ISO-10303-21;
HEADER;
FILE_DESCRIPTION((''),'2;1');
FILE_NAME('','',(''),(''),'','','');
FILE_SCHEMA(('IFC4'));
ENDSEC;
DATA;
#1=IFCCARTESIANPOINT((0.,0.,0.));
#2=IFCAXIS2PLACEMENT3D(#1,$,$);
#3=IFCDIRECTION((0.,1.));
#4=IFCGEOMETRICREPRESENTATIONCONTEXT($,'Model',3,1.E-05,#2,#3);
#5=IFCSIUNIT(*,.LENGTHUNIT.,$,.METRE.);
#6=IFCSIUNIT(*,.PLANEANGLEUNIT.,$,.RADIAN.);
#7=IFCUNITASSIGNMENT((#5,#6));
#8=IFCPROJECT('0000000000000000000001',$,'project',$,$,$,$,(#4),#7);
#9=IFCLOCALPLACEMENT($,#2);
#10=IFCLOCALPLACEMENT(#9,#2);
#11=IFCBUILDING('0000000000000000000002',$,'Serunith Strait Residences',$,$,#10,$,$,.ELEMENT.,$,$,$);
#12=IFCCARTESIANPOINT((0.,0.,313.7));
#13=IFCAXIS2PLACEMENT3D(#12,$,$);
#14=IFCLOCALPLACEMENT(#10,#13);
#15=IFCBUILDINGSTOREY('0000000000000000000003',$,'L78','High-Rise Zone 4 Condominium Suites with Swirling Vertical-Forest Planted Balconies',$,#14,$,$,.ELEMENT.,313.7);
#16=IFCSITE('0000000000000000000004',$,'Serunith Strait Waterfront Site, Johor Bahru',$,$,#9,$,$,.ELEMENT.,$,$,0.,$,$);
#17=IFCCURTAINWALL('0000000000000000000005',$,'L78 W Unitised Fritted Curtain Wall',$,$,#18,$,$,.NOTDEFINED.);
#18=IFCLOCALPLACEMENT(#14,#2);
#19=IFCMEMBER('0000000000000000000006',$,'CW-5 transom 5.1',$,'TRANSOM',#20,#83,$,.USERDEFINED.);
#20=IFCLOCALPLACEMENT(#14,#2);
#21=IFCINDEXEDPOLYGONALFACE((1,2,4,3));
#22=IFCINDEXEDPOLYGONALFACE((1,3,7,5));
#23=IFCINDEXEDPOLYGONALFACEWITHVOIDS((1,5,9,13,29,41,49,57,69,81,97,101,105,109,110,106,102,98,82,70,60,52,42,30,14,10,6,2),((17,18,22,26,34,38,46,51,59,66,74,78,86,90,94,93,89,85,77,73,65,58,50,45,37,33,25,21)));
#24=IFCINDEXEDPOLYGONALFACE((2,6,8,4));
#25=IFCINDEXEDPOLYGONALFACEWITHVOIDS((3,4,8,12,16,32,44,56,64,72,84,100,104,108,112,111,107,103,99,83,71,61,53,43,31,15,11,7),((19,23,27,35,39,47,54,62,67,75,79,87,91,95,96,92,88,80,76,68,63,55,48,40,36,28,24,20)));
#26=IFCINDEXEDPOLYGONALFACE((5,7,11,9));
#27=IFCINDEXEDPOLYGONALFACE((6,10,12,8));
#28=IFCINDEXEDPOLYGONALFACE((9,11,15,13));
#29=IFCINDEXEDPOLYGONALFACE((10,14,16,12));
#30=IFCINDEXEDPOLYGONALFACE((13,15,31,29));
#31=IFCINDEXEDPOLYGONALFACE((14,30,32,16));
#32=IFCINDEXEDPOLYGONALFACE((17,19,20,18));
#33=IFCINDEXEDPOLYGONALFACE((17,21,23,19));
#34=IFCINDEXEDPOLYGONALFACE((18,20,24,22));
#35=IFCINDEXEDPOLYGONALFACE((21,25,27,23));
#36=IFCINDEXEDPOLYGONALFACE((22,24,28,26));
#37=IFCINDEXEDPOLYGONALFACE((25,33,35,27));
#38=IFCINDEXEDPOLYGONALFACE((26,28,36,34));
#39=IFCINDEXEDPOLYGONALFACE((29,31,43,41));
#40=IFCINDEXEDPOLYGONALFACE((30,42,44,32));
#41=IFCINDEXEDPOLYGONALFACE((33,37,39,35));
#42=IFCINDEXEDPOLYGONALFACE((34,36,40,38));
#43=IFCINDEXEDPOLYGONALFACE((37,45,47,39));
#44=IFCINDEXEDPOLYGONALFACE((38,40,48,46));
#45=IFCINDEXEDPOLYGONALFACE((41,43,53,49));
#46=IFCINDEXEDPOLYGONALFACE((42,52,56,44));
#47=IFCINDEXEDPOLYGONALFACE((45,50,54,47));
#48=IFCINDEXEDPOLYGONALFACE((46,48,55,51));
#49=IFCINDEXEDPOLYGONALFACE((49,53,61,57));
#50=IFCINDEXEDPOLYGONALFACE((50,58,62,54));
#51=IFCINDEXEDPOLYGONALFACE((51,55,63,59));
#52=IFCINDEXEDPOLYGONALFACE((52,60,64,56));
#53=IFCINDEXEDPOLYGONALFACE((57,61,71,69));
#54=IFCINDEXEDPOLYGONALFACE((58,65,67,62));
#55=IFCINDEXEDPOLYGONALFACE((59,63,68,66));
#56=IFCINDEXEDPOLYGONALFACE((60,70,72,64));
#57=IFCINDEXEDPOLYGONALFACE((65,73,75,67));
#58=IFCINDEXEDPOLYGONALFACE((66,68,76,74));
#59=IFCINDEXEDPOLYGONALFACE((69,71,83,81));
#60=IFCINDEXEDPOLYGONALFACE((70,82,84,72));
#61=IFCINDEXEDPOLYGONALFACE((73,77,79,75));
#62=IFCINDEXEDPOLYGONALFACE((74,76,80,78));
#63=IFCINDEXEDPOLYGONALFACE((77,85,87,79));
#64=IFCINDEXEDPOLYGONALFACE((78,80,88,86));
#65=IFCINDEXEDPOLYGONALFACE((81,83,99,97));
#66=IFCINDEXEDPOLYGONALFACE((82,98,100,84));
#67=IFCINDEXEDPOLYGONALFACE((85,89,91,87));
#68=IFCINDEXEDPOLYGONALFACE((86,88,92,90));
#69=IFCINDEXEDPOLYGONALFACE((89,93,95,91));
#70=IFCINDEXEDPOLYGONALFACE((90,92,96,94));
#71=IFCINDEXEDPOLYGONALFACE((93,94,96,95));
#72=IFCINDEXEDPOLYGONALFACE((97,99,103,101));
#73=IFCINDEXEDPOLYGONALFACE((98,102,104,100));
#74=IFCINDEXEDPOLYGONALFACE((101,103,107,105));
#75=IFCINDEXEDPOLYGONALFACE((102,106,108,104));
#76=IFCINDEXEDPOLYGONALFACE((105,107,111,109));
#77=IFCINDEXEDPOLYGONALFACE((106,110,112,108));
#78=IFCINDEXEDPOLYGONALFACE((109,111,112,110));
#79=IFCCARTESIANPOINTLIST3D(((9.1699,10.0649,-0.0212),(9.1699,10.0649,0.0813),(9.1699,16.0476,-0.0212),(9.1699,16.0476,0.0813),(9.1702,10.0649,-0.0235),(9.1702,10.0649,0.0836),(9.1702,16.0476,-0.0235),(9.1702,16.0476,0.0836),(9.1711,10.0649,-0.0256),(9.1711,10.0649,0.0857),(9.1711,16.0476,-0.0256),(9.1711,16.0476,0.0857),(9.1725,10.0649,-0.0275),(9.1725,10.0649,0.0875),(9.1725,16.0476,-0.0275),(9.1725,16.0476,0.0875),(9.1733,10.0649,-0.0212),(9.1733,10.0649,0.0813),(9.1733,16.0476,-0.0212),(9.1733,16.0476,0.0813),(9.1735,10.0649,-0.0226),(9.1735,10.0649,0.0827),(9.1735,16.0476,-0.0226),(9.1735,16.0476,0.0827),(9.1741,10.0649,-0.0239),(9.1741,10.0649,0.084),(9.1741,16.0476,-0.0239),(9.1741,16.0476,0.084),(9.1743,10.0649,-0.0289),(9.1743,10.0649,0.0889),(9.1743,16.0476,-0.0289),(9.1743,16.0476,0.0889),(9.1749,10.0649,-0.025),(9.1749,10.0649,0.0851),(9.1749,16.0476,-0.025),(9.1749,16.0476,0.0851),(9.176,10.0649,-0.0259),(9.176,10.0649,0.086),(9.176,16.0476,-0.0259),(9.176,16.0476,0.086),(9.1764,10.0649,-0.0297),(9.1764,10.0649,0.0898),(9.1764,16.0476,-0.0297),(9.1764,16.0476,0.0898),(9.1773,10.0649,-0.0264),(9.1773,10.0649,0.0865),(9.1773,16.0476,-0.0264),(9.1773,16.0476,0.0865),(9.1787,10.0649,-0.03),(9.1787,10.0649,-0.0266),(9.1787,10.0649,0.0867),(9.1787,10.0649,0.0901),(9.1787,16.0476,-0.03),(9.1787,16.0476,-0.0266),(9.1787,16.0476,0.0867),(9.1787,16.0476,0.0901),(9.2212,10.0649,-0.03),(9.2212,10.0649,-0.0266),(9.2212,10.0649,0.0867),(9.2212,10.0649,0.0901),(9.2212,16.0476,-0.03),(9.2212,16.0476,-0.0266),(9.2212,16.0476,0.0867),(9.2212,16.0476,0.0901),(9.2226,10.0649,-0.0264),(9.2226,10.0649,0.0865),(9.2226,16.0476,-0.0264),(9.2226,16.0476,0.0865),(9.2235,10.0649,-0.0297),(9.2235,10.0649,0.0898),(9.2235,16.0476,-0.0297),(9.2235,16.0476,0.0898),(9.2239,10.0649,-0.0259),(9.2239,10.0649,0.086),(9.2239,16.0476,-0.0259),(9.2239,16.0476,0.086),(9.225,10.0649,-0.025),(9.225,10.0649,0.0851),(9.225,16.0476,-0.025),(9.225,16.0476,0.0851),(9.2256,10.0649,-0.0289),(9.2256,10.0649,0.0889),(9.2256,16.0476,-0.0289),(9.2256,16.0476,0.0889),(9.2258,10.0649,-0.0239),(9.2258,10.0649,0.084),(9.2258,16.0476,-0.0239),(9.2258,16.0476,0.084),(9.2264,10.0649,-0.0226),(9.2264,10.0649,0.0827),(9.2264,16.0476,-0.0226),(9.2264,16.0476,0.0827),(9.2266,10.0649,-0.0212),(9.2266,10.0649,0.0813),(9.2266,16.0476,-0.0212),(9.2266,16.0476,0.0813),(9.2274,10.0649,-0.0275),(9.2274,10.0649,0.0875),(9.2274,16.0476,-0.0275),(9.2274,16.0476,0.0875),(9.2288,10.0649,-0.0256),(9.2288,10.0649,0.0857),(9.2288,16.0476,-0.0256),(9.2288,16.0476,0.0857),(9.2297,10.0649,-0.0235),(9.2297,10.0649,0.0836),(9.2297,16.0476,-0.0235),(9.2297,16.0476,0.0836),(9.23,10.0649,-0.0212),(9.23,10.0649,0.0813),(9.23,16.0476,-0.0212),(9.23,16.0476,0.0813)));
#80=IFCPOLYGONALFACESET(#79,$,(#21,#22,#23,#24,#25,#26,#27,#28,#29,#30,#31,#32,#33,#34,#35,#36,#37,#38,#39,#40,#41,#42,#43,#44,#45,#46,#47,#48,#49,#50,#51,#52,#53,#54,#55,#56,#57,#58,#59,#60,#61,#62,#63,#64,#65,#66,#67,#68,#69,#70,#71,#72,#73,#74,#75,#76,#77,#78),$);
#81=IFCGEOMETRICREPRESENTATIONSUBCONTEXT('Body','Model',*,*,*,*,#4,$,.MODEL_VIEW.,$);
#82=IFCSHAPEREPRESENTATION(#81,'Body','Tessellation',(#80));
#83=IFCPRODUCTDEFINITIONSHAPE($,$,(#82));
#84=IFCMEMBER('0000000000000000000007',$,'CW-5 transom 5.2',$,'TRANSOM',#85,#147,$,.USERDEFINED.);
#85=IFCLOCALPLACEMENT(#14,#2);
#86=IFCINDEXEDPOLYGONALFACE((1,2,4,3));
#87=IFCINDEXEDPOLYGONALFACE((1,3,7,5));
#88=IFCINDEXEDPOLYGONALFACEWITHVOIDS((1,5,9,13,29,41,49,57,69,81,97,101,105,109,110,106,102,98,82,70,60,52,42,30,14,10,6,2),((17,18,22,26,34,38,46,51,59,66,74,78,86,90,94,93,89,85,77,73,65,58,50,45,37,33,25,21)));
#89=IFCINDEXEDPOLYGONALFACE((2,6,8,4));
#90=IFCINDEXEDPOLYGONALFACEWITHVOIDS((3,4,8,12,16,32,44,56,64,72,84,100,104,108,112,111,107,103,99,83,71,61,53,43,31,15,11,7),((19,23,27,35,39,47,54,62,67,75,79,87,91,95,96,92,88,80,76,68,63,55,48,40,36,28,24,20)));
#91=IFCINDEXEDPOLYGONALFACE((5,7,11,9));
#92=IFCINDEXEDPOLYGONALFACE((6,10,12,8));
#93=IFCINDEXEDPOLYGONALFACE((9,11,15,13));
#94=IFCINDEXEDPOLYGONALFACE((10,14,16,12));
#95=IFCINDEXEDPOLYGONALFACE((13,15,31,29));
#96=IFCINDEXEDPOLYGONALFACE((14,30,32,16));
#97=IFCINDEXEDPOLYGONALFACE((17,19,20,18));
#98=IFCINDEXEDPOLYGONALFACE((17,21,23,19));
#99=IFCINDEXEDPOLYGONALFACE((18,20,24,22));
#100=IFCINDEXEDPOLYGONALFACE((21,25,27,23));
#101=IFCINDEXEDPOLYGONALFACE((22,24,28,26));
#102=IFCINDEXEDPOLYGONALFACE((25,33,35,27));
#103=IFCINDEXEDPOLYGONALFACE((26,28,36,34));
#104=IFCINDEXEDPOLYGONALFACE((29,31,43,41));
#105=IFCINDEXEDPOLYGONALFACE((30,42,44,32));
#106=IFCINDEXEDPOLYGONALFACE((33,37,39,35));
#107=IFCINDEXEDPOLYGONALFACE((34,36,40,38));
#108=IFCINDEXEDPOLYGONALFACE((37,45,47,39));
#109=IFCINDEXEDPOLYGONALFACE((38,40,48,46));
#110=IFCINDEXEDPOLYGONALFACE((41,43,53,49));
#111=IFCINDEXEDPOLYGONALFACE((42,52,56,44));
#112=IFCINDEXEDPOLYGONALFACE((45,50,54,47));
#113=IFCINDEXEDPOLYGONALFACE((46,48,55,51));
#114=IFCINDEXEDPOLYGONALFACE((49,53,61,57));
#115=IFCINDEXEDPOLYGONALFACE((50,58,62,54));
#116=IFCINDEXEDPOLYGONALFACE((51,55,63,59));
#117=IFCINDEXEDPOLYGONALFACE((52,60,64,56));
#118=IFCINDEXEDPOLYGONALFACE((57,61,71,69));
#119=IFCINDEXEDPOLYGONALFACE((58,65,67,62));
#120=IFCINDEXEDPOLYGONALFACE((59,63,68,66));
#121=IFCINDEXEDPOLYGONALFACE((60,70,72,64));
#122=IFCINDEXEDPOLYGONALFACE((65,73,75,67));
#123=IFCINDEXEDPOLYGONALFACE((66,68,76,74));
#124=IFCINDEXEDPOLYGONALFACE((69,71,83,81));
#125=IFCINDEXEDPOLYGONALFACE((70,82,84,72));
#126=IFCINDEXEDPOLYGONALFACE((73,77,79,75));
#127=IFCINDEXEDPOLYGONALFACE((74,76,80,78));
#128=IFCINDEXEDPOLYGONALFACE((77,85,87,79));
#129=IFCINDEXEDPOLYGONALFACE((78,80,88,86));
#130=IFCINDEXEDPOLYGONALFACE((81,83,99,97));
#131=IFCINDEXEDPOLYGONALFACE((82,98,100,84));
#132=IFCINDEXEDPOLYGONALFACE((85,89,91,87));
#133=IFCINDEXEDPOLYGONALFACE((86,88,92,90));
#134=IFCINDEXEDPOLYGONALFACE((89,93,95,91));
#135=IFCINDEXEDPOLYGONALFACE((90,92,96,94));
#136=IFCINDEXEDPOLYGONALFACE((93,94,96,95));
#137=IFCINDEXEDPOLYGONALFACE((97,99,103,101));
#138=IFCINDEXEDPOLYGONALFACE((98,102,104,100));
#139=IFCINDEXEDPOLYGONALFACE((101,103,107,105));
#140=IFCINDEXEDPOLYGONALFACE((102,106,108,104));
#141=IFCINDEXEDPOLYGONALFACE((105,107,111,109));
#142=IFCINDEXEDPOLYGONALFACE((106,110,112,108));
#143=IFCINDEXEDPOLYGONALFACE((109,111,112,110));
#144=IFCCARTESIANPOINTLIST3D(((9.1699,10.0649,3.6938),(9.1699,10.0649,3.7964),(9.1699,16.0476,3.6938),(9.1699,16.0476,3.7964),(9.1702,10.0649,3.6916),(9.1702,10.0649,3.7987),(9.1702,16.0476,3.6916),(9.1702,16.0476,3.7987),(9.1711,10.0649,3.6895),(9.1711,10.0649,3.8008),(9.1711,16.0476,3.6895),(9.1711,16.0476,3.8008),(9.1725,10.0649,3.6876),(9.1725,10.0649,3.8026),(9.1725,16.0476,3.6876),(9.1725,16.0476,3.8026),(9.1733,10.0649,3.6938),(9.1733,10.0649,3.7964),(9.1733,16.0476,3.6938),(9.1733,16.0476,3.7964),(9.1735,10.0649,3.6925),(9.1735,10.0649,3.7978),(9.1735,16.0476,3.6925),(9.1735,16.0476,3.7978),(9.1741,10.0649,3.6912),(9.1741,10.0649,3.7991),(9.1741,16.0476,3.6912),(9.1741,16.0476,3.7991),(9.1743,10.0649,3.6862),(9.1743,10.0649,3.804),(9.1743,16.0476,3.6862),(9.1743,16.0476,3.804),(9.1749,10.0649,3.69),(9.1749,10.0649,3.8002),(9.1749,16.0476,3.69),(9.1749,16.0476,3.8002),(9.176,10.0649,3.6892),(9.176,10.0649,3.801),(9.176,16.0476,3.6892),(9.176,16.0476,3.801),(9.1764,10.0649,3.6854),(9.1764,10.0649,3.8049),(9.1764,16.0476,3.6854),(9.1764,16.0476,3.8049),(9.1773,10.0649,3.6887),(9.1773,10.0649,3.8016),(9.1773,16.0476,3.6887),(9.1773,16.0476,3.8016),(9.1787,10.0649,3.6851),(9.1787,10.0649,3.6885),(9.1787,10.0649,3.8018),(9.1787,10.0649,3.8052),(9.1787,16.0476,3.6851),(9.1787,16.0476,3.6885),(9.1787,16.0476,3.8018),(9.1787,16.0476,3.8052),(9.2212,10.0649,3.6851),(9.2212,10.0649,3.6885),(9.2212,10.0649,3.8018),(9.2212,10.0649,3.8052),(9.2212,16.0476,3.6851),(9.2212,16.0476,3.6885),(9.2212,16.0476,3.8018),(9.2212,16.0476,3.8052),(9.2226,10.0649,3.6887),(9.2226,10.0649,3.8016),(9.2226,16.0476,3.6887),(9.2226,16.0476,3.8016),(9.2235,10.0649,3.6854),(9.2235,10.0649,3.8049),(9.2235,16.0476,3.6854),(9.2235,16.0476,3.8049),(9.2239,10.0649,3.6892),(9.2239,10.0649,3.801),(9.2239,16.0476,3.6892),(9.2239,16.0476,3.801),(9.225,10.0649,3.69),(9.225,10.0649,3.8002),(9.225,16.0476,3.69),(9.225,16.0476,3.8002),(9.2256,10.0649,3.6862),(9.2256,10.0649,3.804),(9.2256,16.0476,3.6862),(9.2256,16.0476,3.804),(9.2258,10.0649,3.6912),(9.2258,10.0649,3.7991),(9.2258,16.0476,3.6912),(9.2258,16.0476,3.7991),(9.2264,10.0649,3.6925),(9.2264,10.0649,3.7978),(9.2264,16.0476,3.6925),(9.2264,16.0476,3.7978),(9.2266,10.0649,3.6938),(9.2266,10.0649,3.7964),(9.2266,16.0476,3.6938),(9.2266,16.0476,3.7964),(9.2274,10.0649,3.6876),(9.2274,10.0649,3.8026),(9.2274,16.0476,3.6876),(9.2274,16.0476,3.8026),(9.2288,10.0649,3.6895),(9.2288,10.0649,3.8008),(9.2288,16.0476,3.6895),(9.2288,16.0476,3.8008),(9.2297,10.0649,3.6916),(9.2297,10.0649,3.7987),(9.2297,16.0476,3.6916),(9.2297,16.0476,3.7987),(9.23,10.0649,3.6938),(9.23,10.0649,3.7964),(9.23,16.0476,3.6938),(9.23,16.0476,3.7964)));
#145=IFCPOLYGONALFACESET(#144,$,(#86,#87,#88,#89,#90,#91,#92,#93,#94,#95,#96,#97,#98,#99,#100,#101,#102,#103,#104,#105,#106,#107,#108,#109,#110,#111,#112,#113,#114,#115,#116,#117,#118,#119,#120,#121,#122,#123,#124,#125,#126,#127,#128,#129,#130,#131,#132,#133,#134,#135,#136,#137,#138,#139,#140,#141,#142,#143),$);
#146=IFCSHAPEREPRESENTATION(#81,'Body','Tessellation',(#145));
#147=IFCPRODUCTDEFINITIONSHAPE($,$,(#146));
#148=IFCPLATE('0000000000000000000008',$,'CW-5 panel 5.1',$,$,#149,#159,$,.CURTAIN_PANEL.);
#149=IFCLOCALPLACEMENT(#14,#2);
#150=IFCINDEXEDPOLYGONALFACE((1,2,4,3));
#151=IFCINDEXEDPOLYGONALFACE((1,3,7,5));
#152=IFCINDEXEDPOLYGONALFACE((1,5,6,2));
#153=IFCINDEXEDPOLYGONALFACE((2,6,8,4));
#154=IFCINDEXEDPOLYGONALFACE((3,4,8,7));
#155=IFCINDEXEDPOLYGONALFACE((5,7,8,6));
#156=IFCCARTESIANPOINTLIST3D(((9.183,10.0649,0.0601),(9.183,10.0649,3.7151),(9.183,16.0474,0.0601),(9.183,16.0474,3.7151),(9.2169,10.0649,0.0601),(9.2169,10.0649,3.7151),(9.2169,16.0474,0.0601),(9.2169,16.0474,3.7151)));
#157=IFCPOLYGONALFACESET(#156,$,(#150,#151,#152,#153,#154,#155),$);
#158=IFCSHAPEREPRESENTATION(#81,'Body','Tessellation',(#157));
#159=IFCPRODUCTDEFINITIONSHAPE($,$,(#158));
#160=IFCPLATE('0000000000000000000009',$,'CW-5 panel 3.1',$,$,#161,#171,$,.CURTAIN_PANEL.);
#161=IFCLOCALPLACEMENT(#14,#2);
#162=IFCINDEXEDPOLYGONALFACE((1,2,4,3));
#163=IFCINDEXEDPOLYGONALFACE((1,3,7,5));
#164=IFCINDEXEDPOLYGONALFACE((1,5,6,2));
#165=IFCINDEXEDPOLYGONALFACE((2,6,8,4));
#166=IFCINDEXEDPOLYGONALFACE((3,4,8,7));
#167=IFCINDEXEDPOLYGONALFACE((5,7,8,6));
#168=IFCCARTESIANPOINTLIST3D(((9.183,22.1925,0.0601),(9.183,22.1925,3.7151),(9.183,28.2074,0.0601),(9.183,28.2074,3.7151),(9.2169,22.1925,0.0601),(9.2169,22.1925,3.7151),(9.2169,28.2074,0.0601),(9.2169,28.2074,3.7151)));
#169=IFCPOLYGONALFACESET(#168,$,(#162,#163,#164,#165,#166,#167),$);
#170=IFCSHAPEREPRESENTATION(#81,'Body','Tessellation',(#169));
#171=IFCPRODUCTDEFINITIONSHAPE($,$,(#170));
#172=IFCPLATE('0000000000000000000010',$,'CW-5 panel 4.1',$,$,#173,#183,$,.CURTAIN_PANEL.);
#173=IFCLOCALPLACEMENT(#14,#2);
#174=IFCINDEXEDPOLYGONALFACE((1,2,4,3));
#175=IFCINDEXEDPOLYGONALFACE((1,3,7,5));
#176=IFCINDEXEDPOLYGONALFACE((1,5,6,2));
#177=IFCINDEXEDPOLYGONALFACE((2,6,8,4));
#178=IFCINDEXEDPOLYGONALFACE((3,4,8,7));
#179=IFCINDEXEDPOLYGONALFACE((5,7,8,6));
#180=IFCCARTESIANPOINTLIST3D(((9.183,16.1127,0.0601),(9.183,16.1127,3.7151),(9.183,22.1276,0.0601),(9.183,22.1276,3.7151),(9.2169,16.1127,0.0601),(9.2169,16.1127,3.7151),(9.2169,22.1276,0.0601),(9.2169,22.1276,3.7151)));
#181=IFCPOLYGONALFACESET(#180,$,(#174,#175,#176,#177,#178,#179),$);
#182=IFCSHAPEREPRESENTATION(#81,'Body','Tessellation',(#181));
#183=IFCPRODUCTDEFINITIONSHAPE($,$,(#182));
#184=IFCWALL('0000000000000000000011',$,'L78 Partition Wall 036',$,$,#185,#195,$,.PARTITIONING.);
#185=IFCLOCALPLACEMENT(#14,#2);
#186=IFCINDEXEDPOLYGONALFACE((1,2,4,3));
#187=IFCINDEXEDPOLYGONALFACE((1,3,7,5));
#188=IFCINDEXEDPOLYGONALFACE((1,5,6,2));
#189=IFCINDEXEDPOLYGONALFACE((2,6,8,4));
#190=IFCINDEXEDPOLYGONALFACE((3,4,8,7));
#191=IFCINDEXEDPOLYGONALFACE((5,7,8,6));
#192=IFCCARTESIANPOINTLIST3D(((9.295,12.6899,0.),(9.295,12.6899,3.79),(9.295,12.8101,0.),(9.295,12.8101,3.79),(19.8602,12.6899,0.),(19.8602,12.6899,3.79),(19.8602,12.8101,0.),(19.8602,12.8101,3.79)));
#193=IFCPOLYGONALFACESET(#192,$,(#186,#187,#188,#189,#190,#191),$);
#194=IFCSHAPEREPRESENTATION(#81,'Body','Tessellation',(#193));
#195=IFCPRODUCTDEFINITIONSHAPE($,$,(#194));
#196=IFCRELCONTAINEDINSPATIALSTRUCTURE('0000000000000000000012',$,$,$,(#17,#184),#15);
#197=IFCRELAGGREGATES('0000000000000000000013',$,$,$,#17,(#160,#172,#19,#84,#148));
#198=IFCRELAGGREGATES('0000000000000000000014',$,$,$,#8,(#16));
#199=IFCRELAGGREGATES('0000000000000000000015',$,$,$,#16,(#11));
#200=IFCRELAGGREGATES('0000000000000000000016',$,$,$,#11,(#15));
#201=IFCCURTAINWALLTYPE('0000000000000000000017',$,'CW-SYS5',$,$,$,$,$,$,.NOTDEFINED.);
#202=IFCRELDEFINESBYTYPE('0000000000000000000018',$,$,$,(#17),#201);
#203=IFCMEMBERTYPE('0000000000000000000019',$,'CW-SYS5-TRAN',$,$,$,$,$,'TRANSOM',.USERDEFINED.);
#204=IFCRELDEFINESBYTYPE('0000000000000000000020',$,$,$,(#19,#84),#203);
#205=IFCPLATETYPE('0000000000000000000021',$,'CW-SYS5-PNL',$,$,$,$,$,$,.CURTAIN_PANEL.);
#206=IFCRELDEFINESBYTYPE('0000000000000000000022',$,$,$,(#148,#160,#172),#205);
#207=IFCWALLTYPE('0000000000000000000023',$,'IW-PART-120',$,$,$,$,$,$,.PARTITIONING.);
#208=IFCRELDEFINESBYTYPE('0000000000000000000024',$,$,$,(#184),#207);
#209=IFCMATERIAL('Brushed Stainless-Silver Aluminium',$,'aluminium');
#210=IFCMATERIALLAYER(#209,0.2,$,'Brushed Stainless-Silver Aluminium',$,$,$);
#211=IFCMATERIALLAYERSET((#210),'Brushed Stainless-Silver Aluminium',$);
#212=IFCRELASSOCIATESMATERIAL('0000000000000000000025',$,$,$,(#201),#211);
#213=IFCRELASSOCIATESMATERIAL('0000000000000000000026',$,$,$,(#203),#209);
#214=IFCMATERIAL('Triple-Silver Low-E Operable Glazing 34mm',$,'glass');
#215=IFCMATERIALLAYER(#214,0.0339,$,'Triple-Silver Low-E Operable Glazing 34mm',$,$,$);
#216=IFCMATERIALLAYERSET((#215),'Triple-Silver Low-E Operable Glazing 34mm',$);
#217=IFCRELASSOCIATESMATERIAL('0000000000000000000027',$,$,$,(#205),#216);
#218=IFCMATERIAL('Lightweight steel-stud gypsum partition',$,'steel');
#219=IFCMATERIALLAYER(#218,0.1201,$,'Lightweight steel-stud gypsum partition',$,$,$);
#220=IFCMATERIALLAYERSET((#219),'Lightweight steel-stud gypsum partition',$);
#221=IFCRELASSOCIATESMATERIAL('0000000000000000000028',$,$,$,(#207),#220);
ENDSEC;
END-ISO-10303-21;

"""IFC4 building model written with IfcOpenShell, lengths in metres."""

from ifc_helpers import new_model, si_unit, direction, frame, frame_2d, origin, origin_2d, place, context, subcontext, project, spatial, rectangle, hollow_rectangle, extrude, source, transform, mapped, material, layer, layer_set, material_profile, profile_set, type_object, element, aggregate, save


model = new_model("IFC4")

# Units and contexts
model_context = context("Model", 3, precision=1e-05, world=origin(), true_north=direction((0.0, 1.0)))
body_context = subcontext(model_context, "Body", "Model", "MODEL_VIEW")
ifc_project = project(units=[si_unit("LENGTHUNIT", "METRE"), si_unit("PLANEANGLEUNIT", "RADIAN")], contexts=[model_context])

# Site, building, storey
site_placement = place(None, origin())
site = spatial("IfcSite", under=ifc_project, at=site_placement, Name="Serunith Strait Waterfront Site, Johor Bahru", CompositionType="ELEMENT", RefElevation=0.0)
building_placement = place(site_placement, origin())
building = spatial("IfcBuilding", under=site, at=building_placement, Name="Serunith Strait Residences", CompositionType="ELEMENT")
storey_placement = place(building_placement, frame((0.0, 0.0, 313.7)))
storey = spatial("IfcBuildingStorey", under=building, at=storey_placement, Name="L78", Description="High-Rise Zone 4 Condominium Suites with Swirling Vertical-Forest Planted Balconies", CompositionType="ELEMENT", Elevation=313.7)

# Curtain wall, members, plates
ifc_material_1 = material(Name="Brushed Stainless-Silver Aluminium", Category="aluminium")
ifc_layer_1 = layer(ifc_material_1, 0.2, Name="Brushed Stainless-Silver Aluminium")
ifc_layer_set_1 = layer_set([ifc_layer_1], Name="Brushed Stainless-Silver Aluminium")
curtain_wall_type = type_object("IfcCurtainWallType", Name="CW-SYS5", PredefinedType="NOTDEFINED", material=ifc_layer_set_1)
curtain_wall_placement = place(storey_placement, origin())
curtain_wall = element("IfcCurtainWall", 1, at=curtain_wall_placement, inside=storey, type_object=curtain_wall_type, Name="L78 W Unitised Fritted Curtain Wall", PredefinedType="NOTDEFINED")
ifc_material_profile_1 = material_profile(ifc_material_1, hollow_rectangle(XDim=0.0601, YDim=0.1201, WallThickness=0.0034, InnerFilletRadius=0.0054, OuterFilletRadius=0.0088, at=origin_2d()), Name="ALU 120x60x3.5")
ifc_profile_set_1 = profile_set([ifc_material_profile_1], Name="Brushed Stainless-Silver Aluminium")
member_type_1 = type_object("IfcMemberType", Name="CW-SYS5-TRAN", ElementType="TRANSOM", PredefinedType="USERDEFINED", material=ifc_profile_set_1)
shared_shape_1 = source(origin(), body_context, "Body", "SweptSolid", [
    extrude(hollow_rectangle(XDim=0.0601, YDim=0.1201, WallThickness=0.0034, InnerFilletRadius=0.0054, OuterFilletRadius=0.0088, at=origin_2d()), origin(), (0.0, 0.0, 1.0), 5.9827),
])
member_1_placement = place(storey_placement, frame((9.2, 16.0476, 0.03), z_axis=(0.0, -1.0, 0.0), x_axis=(1.0, 0.0, 0.0)))
member_1 = element("IfcMember", 2, at=member_1_placement, type_object=member_type_1, Name="CW-5 transom 5.1", ObjectType="TRANSOM", PredefinedType="USERDEFINED", context=body_context, shape_type="MappedRepresentation", body=[
    mapped(shared_shape_1, transform((0.0, 0.0, 0.0), scale=1.0)),
])
member_2_placement = place(storey_placement, frame((9.2, 16.0476, 3.7451), z_axis=(0.0, -1.0, 0.0), x_axis=(1.0, 0.0, 0.0)))
member_2 = element("IfcMember", 3, at=member_2_placement, type_object=member_type_1, Name="CW-5 transom 5.2", ObjectType="TRANSOM", PredefinedType="USERDEFINED", context=body_context, shape_type="MappedRepresentation", body=[
    mapped(shared_shape_1, transform((0.0, 0.0, 0.0), scale=1.0)),
])
ifc_material_2 = material(Name="Triple-Silver Low-E Operable Glazing 34mm", Category="glass")
ifc_layer_2 = layer(ifc_material_2, 0.0339, Name="Triple-Silver Low-E Operable Glazing 34mm")
ifc_layer_set_2 = layer_set([ifc_layer_2], Name="Triple-Silver Low-E Operable Glazing 34mm")
plate_type = type_object("IfcPlateType", Name="CW-SYS5-PNL", PredefinedType="CURTAIN_PANEL", material=ifc_layer_set_2)
shared_shape_2 = source(origin(), body_context, "Body", "SweptSolid", [
    extrude(rectangle(XDim=5.9824, YDim=0.0339, at=origin_2d()), origin(), (0.0, 0.0, 1.0), 3.655),
])
plate_1_placement = place(storey_placement, frame((9.2, 13.0562, 0.0601), z_axis=(0.0, 0.0, 1.0), x_axis=(0.0, -1.0, 0.0)))
plate_1 = element("IfcPlate", 4, at=plate_1_placement, type_object=plate_type, Name="CW-5 panel 5.1", PredefinedType="CURTAIN_PANEL", context=body_context, shape_type="MappedRepresentation", body=[
    mapped(shared_shape_2, transform((0.0, 0.0, 0.0), scale=1.0)),
])
shared_shape_3 = source(origin(), body_context, "Body", "SweptSolid", [
    extrude(rectangle(XDim=6.0149, YDim=0.0339, at=origin_2d()), origin(), (0.0, 0.0, 1.0), 3.655),
])
plate_2_placement = place(storey_placement, frame((9.2, 25.2, 0.0601), z_axis=(0.0, 0.0, 1.0), x_axis=(0.0, -1.0, 0.0)))
plate_2 = element("IfcPlate", 5, at=plate_2_placement, type_object=plate_type, Name="CW-5 panel 3.1", PredefinedType="CURTAIN_PANEL", context=body_context, shape_type="MappedRepresentation", body=[
    mapped(shared_shape_3, transform((0.0, 0.0, 0.0), scale=1.0)),
])
plate_3_placement = place(storey_placement, frame((9.2, 19.1201, 0.0601), z_axis=(0.0, 0.0, 1.0), x_axis=(0.0, -1.0, 0.0)))
plate_3 = element("IfcPlate", 6, at=plate_3_placement, type_object=plate_type, Name="CW-5 panel 4.1", PredefinedType="CURTAIN_PANEL", context=body_context, shape_type="MappedRepresentation", body=[
    mapped(shared_shape_3, transform((0.0, 0.0, 0.0), scale=1.0)),
])
aggregate(curtain_wall, [plate_2, plate_3, member_1, member_2, plate_1])

# Wall
ifc_material_3 = material(Name="Lightweight steel-stud gypsum partition", Category="steel")
ifc_layer_3 = layer(ifc_material_3, 0.1201, Name="Lightweight steel-stud gypsum partition")
ifc_layer_set_3 = layer_set([ifc_layer_3], Name="Lightweight steel-stud gypsum partition")
wall_type_1 = type_object("IfcWallType", Name="IW-PART-120", PredefinedType="PARTITIONING", material=ifc_layer_set_3)
wall_1_placement = place(storey_placement, frame((9.2949, 12.75, 0.0), z_axis=(0.0, 0.0, 1.0), x_axis=(1.0, 0.0, 0.0)))
element("IfcWall", 7, at=wall_1_placement, inside=storey, type_object=wall_type_1, Name="L78 Partition Wall 036", PredefinedType="PARTITIONING", context=body_context, shape_type="SweptSolid", body=[
    extrude(rectangle(XDim=10.5652, YDim=0.1201, at=frame_2d((5.2827, 0.0))), origin(), (0.0, 0.0, 1.0), 3.79),
])

save(model, "model.ifc")
